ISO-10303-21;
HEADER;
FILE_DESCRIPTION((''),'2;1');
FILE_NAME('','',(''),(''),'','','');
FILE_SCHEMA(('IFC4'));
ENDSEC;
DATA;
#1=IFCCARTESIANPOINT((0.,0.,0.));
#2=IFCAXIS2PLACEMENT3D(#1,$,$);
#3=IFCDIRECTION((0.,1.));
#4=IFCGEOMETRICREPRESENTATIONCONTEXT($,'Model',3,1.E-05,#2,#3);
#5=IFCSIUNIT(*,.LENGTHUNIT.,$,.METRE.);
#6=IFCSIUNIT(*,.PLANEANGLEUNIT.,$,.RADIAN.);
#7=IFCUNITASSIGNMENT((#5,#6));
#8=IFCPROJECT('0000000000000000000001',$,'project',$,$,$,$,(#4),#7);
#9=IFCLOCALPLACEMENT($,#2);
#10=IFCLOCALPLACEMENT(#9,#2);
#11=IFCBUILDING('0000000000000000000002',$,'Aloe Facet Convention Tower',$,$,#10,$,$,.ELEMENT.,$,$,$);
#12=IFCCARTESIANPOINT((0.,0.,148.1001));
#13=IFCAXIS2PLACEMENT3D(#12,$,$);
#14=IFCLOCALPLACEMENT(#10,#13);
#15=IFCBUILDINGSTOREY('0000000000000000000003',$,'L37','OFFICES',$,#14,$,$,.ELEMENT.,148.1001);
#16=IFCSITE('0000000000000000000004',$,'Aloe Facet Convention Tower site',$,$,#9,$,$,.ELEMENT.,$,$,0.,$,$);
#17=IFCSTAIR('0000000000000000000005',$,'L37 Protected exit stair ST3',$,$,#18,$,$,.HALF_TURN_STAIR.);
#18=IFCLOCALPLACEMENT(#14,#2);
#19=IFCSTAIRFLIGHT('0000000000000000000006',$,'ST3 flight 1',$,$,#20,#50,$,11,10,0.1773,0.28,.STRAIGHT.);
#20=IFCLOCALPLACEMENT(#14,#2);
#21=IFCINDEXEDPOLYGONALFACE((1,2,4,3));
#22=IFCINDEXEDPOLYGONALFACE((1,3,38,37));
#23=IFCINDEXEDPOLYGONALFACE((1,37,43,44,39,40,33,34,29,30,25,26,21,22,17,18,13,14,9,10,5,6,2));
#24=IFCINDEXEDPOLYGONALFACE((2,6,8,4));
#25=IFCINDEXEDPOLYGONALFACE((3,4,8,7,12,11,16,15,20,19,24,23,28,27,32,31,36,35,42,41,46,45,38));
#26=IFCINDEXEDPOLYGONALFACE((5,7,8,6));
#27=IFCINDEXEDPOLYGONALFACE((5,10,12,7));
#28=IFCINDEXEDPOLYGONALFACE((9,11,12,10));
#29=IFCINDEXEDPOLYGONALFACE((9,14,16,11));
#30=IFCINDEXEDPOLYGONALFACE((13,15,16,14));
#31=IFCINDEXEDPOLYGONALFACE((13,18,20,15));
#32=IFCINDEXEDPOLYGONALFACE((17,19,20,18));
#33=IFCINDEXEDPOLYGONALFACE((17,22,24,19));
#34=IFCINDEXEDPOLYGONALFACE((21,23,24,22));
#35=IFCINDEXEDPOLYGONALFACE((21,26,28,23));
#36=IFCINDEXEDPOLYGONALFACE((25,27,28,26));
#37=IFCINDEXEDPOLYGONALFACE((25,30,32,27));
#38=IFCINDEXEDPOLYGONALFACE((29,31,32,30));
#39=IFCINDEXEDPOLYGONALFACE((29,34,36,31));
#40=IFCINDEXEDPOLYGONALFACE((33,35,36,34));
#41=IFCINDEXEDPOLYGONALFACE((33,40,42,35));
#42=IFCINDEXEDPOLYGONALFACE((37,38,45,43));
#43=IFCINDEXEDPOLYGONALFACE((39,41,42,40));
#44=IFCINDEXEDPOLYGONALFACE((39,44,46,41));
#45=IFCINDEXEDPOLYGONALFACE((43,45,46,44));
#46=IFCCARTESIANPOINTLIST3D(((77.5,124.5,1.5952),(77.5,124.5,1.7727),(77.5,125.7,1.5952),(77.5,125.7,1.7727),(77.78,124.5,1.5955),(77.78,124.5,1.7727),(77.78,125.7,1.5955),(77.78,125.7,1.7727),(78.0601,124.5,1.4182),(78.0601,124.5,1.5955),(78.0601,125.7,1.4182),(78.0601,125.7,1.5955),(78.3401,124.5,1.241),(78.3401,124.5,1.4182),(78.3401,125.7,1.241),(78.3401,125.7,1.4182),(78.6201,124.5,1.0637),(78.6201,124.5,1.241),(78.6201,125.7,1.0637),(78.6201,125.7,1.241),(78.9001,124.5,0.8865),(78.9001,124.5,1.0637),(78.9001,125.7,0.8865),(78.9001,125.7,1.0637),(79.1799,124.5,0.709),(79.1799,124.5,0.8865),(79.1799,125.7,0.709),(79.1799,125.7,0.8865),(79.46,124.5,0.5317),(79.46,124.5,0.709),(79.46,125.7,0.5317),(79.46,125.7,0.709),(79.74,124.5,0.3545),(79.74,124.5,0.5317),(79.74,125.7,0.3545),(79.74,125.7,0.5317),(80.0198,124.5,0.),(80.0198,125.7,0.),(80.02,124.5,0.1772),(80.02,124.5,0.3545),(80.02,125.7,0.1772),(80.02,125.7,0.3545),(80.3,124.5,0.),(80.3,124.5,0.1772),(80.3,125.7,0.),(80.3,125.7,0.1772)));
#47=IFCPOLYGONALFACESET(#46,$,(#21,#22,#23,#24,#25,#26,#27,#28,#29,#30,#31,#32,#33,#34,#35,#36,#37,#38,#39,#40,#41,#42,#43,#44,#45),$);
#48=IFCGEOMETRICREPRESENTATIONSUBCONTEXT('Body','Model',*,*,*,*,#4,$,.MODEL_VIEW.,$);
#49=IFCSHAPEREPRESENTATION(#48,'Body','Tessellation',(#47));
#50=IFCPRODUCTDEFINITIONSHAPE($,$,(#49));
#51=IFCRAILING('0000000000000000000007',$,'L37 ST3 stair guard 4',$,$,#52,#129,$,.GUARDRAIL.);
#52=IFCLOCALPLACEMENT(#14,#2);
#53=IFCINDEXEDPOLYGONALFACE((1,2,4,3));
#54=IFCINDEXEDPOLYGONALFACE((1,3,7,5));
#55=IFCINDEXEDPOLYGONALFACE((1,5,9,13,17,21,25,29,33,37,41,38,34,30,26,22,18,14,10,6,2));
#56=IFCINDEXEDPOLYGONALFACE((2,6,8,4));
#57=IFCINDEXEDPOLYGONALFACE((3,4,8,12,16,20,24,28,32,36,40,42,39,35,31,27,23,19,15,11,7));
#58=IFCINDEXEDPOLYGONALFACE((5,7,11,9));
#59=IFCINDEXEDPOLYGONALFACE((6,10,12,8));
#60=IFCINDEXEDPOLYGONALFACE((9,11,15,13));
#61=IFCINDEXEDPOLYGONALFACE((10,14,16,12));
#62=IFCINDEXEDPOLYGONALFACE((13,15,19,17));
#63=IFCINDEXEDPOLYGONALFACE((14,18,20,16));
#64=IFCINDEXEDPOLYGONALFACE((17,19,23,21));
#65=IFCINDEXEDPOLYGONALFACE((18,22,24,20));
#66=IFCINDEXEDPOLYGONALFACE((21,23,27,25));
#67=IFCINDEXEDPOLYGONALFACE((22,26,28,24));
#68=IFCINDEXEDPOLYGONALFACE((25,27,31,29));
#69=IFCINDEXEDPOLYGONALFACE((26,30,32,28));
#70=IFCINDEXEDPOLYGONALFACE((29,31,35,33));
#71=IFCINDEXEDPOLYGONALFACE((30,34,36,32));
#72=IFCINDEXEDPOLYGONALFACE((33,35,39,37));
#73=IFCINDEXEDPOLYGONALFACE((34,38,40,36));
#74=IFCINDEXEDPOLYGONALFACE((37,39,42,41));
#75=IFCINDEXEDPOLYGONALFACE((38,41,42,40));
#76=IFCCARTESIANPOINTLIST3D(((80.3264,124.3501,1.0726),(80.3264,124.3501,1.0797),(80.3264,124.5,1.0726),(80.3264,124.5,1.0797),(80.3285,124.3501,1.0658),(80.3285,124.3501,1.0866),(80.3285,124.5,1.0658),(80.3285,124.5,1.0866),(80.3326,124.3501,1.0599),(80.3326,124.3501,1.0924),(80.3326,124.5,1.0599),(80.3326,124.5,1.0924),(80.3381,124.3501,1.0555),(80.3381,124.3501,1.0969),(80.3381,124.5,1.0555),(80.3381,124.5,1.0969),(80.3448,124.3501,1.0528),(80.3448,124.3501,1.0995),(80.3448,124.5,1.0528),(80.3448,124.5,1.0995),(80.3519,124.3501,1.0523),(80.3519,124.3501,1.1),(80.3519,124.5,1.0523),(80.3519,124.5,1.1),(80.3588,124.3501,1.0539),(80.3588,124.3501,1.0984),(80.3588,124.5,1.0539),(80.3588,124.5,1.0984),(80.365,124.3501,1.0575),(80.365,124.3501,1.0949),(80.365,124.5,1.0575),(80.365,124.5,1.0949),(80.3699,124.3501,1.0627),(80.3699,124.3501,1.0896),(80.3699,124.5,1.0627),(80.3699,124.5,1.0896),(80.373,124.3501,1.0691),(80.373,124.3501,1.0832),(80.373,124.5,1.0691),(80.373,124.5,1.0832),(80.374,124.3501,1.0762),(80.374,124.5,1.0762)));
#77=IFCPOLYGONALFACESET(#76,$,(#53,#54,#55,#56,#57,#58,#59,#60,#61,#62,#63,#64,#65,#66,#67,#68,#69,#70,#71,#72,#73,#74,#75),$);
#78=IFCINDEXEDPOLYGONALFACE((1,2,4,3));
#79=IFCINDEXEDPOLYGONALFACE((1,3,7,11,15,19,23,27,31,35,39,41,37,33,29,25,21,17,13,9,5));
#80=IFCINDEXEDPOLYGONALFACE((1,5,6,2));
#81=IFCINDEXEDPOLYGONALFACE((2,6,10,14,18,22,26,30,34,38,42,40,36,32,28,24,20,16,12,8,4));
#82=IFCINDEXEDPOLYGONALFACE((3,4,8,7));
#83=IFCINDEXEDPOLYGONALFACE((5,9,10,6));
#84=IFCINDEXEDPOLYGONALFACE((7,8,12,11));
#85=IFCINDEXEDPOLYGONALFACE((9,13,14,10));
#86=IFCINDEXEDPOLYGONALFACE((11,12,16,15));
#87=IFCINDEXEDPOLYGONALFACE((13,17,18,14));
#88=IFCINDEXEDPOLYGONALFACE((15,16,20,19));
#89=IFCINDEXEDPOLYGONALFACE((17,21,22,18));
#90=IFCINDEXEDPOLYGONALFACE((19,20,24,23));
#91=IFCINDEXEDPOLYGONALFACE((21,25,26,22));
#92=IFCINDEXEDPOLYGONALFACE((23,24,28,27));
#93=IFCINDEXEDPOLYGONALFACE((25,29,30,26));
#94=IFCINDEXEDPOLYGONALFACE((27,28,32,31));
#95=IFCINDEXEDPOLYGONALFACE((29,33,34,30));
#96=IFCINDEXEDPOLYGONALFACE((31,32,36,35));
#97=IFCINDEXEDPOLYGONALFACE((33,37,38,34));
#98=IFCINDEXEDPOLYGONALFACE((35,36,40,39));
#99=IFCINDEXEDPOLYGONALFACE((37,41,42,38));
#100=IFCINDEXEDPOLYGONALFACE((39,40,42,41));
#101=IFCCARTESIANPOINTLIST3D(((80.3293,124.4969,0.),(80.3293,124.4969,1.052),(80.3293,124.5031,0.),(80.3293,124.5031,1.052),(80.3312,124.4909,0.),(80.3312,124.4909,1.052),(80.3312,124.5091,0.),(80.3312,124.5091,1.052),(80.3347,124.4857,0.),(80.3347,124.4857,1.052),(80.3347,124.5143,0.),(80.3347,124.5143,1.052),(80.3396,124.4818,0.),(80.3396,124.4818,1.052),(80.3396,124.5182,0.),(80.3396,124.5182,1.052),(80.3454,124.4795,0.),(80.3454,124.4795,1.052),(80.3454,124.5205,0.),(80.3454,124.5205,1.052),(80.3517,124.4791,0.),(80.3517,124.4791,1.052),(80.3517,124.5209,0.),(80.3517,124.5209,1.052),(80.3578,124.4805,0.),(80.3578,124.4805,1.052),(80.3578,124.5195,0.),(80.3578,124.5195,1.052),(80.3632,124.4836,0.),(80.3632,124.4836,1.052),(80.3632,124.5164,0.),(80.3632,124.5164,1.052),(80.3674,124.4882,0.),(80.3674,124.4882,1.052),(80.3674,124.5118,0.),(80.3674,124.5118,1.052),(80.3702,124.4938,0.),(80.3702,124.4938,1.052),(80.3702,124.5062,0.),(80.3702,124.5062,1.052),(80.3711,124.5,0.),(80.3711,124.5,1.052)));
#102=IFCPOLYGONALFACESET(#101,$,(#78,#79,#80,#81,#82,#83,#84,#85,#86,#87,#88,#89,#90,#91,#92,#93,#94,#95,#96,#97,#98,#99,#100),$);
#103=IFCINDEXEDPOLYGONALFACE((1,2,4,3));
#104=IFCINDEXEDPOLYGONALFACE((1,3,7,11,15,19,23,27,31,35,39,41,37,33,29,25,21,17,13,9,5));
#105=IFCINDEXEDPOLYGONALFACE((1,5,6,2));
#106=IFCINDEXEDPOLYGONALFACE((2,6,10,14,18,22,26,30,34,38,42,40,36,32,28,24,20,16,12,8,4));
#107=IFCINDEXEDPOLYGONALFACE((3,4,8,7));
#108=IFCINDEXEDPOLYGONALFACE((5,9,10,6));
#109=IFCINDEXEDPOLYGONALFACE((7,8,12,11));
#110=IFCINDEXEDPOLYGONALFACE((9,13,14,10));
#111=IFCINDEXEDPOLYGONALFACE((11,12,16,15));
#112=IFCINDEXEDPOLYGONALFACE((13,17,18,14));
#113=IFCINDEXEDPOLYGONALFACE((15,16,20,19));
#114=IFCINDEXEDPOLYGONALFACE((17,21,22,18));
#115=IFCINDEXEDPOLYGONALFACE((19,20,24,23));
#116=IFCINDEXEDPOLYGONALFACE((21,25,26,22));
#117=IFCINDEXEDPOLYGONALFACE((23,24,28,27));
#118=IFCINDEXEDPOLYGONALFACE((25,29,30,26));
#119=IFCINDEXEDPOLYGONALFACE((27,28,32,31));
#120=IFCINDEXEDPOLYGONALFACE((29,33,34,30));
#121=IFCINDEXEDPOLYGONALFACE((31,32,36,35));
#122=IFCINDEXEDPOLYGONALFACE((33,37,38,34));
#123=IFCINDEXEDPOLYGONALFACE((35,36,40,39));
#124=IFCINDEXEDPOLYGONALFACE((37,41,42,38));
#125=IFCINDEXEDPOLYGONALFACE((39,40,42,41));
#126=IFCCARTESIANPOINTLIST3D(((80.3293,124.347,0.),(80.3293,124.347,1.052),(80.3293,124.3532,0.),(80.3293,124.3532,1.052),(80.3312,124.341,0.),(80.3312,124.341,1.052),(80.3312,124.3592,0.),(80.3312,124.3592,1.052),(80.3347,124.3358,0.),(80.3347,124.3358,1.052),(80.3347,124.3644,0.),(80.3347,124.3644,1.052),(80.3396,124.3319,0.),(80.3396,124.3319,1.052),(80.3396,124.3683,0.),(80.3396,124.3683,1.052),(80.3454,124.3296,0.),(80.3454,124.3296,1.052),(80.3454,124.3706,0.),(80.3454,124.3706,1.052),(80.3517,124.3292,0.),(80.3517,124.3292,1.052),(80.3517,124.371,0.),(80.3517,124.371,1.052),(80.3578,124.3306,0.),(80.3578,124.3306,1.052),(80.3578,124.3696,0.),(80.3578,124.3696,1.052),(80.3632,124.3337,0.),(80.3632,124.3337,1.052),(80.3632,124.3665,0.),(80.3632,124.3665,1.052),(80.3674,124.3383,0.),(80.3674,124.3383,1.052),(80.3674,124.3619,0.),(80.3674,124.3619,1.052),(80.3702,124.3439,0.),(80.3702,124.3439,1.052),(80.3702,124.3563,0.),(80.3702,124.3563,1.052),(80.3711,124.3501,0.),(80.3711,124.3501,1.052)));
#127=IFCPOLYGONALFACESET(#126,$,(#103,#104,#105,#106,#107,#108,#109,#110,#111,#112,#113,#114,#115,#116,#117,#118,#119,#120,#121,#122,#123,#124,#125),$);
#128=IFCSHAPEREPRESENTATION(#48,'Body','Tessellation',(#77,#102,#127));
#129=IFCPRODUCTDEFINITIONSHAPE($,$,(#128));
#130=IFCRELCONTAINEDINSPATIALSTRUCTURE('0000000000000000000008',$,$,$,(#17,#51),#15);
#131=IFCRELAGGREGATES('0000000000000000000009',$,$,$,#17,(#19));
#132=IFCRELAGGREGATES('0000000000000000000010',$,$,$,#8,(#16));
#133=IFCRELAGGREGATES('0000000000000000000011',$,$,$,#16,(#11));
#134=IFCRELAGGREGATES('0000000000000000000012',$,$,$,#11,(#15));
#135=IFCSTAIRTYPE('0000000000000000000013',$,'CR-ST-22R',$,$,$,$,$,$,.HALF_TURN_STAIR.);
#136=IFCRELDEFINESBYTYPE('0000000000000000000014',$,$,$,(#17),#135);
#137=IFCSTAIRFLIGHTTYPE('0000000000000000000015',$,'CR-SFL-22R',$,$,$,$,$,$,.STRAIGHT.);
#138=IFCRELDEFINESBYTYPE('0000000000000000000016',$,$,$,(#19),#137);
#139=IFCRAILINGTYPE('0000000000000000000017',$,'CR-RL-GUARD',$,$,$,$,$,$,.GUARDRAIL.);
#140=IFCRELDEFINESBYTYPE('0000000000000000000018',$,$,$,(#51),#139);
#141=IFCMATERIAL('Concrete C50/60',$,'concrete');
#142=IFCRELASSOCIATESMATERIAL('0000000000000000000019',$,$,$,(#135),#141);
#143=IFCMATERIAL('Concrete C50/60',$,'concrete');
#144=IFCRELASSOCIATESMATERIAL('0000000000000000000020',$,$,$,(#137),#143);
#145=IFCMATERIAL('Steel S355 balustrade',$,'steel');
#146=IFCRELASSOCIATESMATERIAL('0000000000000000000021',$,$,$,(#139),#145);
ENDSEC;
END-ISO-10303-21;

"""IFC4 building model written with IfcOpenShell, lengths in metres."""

from ifc_helpers import new_model, si_unit, direction, frame, origin, origin_2d, place, context, subcontext, project, spatial, polyline, circle, outline, extrude, material, type_object, element, aggregate, save


model = new_model("IFC4")

# Units and contexts
model_context = context("Model", 3, precision=1e-05, world=origin(), true_north=direction((0.0, 1.0)))
body_context = subcontext(model_context, "Body", "Model", "MODEL_VIEW")
ifc_project = project(units=[si_unit("LENGTHUNIT", "METRE"), si_unit("PLANEANGLEUNIT", "RADIAN")], contexts=[model_context])

# Site, building, storey
site_placement = place(None, origin())
site = spatial("IfcSite", under=ifc_project, at=site_placement, Name="Aloe Facet Convention Tower site", CompositionType="ELEMENT", RefElevation=0.0)
building_placement = place(site_placement, origin())
building = spatial("IfcBuilding", under=site, at=building_placement, Name="Aloe Facet Convention Tower", CompositionType="ELEMENT")
storey_placement = place(building_placement, frame((0.0, 0.0, 148.1001)))
storey = spatial("IfcBuildingStorey", under=building, at=storey_placement, Name="L37", Description="OFFICES", CompositionType="ELEMENT", Elevation=148.1001)

# Stair, stair flight
ifc_material_1 = material(Name="Concrete C50/60", Category="concrete")
stair_type = type_object("IfcStairType", Name="CR-ST-22R", PredefinedType="HALF_TURN_STAIR", material=ifc_material_1)
ifc_material_2 = material(Name="Concrete C50/60", Category="concrete")
stair_flight_type = type_object("IfcStairFlightType", Name="CR-SFL-22R", PredefinedType="STRAIGHT", material=ifc_material_2)
stair_1_placement = place(storey_placement, origin())
stair_1 = element("IfcStair", 1, at=stair_1_placement, inside=storey, type_object=stair_type, Name="L37 Protected exit stair ST3", PredefinedType="HALF_TURN_STAIR")
stair_flight_1_placement = place(storey_placement, frame((80.3, 125.1001, 0.0), z_axis=(0.0, 0.0, 1.0), x_axis=(-1.0, 0.0, 0.0)))
stair_flight_1 = element("IfcStairFlight", 2, at=stair_flight_1_placement, type_object=stair_flight_type, Name="ST3 flight 1", NumberOfRisers=11, NumberOfTreads=10, PredefinedType="STRAIGHT", RiserHeight=0.1773, TreadLength=0.28, context=body_context, shape_type="SweptSolid", body=[
    extrude(outline(polyline([(0.0, 0.0), (0.0, 0.1772), (0.28, 0.1772), (0.28, 0.3545), (0.5601, 0.3545), (0.5601, 0.5317), (0.8401, 0.5317), (0.8401, 0.709), (1.1201, 0.709), (1.1201, 0.8865), (1.3999, 0.8865), (1.3999, 1.0637), (1.6799, 1.0637), (1.6799, 1.241), (1.96, 1.241), (1.96, 1.4182), (2.24, 1.4182), (2.24, 1.5955), (2.52, 1.5955), (2.52, 1.7727), (2.8, 1.7727), (2.8, 1.95), (2.8, 1.5952), (0.2803, 0.0), (0.0, 0.0)])), frame((0.0, 0.6001, 0.0), z_axis=(0.0, -1.0, 0.0), x_axis=(1.0, 0.0, 0.0)), (0.0, 0.0, 1.0), 1.2),
])
aggregate(stair_1, [stair_flight_1])

# Railing
ifc_material_3 = material(Name="Steel S355 balustrade", Category="steel")
railing_type_1 = type_object("IfcRailingType", Name="CR-RL-GUARD", PredefinedType="GUARDRAIL", material=ifc_material_3)
railing_1_placement = place(storey_placement, frame((80.3501, 124.5, 0.0)))
element("IfcRailing", 3, at=railing_1_placement, inside=storey, type_object=railing_type_1, Name="L37 ST3 stair guard 4", PredefinedType="GUARDRAIL", context=body_context, shape_type="SweptSolid", body=[
    extrude(circle(Radius=0.0239, at=origin_2d()), frame((0.0, 0.0, 1.0762), z_axis=(0.0, -1.0, 0.0), x_axis=(1.0, 0.0, 0.0)), (0.0, 0.0, 1.0), 0.1499),
    extrude(circle(Radius=0.021, at=origin_2d()), origin(), (0.0, 0.0, 1.0), 1.052),
    extrude(circle(Radius=0.021, at=origin_2d()), frame((0.0, -0.1499, 0.0)), (0.0, 0.0, 1.0), 1.052),
])

save(model, "model.ifc")
